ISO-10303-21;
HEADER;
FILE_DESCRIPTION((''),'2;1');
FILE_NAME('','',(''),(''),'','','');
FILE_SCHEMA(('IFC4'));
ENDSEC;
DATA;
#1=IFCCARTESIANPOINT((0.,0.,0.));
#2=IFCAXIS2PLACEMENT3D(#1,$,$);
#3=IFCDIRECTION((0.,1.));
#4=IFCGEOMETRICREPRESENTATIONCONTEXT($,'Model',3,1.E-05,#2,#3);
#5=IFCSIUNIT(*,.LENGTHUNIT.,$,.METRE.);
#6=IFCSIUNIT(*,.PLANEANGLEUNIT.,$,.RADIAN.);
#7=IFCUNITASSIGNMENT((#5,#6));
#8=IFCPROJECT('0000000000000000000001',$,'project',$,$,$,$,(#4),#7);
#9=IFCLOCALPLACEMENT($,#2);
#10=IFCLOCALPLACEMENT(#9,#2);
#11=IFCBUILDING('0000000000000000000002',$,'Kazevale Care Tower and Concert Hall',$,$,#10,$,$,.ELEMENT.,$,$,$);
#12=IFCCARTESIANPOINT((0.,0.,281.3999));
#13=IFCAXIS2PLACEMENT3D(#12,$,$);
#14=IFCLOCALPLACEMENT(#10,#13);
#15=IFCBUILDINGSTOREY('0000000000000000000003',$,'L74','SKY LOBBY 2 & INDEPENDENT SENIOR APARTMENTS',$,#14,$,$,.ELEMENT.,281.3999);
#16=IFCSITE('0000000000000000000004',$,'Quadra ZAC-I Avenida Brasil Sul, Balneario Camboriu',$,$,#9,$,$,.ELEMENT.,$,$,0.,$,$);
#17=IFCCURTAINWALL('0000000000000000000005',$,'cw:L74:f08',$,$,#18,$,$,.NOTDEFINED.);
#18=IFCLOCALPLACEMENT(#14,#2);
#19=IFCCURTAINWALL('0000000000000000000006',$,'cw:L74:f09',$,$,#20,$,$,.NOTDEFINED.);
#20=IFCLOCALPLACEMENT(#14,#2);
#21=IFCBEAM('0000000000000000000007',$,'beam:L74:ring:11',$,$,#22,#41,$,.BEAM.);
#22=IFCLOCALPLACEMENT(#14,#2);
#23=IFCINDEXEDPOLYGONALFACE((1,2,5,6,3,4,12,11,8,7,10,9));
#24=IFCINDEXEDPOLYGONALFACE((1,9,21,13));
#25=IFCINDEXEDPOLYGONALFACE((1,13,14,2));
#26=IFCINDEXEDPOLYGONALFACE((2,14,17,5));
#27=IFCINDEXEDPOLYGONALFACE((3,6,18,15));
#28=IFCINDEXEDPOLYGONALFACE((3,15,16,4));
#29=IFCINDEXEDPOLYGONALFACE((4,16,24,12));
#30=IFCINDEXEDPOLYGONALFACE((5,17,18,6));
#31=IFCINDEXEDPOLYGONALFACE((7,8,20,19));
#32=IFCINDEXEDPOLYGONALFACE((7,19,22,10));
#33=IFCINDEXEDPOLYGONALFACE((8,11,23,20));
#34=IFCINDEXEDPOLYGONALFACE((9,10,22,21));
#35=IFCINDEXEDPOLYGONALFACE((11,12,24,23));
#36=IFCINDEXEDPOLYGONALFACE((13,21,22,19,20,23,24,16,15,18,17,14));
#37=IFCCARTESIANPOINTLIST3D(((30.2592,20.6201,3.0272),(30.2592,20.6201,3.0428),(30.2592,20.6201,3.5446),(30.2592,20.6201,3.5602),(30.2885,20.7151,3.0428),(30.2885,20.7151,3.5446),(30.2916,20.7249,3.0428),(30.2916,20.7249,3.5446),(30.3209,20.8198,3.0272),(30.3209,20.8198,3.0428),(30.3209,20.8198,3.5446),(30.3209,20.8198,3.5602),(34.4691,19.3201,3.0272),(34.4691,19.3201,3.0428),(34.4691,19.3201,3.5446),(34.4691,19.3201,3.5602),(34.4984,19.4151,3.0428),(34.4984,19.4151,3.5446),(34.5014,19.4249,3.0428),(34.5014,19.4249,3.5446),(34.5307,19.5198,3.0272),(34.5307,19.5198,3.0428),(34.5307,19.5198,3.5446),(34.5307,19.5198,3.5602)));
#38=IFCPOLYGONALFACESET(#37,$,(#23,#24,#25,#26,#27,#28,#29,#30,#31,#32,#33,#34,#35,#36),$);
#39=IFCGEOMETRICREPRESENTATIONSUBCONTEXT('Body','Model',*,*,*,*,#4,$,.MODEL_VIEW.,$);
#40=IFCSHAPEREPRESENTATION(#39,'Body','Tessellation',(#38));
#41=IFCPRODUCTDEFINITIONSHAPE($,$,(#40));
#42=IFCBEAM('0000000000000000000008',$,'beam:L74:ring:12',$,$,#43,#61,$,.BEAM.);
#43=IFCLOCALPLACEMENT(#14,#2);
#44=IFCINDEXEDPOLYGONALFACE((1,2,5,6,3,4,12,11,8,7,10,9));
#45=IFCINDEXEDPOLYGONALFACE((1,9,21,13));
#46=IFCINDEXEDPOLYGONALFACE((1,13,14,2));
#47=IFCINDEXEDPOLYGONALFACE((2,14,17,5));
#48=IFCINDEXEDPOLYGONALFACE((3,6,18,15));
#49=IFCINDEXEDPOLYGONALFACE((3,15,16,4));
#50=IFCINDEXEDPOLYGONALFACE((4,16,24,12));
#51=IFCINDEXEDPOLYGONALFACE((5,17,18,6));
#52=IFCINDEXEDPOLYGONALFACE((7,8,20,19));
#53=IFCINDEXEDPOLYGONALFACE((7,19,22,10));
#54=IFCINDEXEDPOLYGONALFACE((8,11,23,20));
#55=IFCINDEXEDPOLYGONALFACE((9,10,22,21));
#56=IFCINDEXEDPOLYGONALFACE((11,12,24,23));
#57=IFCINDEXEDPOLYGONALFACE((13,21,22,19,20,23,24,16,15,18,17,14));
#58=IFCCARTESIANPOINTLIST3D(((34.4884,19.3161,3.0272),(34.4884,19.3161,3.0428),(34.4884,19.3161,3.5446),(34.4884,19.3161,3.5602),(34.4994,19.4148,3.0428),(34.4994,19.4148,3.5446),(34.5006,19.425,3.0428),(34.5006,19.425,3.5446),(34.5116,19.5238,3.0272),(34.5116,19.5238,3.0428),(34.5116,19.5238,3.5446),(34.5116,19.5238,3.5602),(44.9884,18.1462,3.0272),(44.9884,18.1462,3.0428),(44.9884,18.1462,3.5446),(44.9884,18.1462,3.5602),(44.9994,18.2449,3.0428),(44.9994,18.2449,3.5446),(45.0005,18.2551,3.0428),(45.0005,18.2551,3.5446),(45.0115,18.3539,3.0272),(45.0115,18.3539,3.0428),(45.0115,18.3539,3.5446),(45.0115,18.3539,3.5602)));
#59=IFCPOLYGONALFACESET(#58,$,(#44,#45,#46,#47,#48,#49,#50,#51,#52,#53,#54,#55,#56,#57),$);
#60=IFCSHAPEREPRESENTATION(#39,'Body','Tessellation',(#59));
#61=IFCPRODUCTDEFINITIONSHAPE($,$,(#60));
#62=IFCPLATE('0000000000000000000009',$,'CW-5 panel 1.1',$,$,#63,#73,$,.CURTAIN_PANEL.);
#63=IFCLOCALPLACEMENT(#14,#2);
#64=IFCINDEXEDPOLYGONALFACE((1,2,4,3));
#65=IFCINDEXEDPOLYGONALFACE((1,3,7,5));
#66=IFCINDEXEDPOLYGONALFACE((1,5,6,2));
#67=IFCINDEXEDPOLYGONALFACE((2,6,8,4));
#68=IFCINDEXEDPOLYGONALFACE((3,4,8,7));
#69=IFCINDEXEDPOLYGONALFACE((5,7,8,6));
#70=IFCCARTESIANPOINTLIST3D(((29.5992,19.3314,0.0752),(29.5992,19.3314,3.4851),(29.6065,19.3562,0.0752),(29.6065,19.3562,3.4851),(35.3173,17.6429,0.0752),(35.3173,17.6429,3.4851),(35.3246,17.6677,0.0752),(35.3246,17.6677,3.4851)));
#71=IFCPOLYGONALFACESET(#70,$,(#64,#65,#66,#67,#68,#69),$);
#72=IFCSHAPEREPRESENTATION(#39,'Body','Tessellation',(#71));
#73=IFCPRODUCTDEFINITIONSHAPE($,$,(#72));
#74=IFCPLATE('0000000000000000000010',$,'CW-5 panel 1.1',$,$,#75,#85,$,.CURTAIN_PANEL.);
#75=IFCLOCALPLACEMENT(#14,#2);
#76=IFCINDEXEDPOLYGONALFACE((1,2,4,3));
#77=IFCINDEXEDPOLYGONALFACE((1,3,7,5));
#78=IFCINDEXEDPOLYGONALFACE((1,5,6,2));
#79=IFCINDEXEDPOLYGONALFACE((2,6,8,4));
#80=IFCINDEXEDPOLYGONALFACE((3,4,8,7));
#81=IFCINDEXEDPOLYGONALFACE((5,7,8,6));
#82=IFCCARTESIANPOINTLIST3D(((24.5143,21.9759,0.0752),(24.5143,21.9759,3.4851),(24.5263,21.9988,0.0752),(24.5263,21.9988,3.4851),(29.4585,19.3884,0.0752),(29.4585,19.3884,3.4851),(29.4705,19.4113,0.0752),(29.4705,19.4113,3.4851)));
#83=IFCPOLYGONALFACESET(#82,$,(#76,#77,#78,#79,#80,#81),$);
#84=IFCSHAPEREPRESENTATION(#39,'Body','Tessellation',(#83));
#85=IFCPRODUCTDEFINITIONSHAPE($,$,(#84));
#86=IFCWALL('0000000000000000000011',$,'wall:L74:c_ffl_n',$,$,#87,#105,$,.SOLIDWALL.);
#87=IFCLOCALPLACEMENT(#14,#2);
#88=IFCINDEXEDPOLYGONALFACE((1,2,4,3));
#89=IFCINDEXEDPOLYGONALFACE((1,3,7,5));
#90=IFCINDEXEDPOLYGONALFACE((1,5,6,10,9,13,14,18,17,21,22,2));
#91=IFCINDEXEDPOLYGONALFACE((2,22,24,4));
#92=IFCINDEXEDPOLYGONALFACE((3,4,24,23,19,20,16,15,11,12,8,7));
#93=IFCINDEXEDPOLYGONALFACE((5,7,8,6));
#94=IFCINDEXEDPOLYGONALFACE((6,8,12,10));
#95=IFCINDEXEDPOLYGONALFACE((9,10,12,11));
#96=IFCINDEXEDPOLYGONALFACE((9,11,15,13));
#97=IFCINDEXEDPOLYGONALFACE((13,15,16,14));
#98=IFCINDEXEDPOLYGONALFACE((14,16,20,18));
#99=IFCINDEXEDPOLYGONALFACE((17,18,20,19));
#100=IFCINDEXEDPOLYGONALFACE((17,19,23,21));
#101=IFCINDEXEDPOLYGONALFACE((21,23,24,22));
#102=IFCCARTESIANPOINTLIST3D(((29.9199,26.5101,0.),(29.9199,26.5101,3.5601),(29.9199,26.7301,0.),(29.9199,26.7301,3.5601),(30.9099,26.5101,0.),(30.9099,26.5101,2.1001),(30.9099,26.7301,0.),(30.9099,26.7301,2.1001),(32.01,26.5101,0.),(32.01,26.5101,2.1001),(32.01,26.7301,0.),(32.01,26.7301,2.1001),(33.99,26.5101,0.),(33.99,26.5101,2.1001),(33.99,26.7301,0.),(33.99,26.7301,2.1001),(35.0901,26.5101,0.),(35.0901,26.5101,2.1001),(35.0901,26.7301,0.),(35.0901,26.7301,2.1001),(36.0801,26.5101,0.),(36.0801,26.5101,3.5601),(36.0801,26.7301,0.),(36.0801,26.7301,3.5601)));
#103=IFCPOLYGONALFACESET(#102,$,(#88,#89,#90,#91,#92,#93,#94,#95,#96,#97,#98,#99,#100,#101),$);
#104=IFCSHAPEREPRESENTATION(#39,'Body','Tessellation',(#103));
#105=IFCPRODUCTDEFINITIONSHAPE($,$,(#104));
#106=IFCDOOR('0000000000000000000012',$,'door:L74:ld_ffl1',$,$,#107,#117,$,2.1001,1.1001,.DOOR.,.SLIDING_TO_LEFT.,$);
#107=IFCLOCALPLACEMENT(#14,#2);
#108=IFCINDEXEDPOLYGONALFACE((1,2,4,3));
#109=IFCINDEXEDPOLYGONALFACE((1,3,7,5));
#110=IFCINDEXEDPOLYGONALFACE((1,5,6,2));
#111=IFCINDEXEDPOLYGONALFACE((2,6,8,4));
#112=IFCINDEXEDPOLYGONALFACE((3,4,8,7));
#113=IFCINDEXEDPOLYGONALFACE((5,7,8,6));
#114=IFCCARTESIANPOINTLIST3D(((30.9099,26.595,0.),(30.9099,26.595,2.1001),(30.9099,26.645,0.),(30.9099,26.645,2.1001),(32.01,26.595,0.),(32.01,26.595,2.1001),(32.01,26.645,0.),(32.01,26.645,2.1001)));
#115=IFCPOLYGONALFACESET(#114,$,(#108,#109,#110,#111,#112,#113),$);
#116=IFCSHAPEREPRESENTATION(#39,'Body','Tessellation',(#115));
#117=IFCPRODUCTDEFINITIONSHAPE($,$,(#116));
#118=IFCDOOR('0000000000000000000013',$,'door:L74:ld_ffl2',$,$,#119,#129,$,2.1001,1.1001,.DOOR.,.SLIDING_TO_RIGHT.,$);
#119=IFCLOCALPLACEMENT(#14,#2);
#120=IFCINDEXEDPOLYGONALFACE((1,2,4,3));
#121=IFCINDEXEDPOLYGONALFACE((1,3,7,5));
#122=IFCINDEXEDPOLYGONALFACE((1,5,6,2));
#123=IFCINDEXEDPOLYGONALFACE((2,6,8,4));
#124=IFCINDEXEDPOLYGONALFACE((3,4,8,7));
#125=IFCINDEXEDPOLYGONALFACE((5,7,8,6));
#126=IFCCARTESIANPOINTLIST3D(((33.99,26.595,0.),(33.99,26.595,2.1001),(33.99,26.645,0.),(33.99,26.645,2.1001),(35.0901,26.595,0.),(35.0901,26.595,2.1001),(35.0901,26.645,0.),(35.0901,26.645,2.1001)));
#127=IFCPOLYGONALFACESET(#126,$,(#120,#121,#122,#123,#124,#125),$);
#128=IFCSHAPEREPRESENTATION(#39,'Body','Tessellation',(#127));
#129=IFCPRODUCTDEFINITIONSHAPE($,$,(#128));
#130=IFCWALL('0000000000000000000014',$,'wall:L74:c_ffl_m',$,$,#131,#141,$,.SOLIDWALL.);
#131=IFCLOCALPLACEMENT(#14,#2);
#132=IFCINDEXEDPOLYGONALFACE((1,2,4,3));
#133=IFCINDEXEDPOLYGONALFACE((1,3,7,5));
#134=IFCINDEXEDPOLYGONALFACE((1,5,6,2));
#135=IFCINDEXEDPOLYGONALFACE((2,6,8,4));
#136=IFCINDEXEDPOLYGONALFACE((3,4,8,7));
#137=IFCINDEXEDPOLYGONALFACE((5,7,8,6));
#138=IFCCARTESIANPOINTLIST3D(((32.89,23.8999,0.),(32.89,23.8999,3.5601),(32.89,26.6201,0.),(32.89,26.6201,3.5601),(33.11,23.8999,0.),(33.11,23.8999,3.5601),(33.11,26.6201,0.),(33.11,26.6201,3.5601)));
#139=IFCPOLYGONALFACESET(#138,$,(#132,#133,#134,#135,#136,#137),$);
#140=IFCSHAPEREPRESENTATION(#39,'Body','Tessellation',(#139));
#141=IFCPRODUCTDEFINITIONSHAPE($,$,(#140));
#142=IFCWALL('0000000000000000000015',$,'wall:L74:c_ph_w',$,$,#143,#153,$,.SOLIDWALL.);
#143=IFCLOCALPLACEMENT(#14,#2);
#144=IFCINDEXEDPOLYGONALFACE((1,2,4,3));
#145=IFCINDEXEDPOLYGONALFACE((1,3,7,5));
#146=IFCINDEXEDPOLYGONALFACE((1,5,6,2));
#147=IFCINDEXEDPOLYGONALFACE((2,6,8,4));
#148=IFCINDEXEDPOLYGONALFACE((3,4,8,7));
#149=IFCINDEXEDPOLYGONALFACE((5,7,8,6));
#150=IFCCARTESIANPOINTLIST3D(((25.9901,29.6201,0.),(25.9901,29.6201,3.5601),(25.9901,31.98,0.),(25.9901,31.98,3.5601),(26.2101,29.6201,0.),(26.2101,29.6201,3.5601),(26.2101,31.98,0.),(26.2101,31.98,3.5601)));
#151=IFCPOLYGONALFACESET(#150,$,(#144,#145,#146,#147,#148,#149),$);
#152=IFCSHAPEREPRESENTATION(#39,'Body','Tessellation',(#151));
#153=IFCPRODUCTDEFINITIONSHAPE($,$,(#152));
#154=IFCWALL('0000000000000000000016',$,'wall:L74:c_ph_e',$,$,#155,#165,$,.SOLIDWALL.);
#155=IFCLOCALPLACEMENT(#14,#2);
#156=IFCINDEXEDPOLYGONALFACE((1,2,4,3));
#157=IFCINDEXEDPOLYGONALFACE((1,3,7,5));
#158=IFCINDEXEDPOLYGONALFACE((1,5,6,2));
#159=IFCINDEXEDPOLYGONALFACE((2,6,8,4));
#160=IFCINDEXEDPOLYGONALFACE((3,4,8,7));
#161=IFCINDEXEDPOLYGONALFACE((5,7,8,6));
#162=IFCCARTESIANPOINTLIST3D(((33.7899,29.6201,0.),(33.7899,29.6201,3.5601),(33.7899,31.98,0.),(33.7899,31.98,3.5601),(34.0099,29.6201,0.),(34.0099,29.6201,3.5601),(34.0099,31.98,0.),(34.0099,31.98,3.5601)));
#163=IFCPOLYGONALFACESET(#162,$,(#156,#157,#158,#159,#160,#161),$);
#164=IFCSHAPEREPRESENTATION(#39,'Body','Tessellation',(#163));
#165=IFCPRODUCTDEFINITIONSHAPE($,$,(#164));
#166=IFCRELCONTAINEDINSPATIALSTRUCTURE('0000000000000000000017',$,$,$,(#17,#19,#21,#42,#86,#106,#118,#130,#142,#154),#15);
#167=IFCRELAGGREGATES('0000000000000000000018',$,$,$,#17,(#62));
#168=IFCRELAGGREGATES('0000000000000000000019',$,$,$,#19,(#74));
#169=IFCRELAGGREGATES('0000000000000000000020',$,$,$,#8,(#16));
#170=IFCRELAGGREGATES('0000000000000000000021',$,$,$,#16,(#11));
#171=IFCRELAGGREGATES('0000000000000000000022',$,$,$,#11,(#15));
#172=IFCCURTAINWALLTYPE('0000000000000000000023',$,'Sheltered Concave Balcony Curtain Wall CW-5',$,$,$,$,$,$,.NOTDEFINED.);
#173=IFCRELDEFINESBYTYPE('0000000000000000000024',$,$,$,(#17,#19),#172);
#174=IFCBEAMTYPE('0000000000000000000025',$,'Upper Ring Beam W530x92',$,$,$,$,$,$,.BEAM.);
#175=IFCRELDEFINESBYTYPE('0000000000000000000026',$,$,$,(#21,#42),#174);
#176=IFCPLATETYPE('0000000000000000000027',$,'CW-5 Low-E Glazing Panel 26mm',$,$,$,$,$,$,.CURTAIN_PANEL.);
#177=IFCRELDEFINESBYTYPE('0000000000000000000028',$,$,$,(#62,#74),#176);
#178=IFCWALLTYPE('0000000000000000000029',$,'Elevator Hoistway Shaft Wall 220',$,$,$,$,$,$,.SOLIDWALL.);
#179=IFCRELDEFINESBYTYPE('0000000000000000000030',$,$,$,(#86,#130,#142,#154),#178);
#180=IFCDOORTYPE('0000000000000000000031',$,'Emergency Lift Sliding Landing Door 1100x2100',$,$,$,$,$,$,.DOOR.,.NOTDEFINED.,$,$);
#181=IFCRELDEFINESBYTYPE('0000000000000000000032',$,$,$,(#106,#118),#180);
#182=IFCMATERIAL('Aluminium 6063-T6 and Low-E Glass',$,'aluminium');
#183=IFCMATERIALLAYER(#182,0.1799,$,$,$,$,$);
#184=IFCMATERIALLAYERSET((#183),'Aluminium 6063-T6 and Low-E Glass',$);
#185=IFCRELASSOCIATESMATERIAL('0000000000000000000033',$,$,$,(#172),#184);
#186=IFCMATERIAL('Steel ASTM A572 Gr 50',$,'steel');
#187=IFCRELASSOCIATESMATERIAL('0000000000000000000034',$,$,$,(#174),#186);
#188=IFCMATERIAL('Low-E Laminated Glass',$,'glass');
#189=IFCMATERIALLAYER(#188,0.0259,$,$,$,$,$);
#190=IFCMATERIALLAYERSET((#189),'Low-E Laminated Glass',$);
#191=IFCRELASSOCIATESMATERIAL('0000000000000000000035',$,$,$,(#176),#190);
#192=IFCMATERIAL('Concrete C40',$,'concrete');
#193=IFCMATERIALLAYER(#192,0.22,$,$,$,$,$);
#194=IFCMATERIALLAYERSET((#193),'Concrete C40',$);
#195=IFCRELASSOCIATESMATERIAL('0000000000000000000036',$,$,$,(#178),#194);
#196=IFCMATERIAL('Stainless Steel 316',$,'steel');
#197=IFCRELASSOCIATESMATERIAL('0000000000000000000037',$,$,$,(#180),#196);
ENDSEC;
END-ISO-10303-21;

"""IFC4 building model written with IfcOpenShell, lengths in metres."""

from ifc_helpers import new_model, si_unit, direction, frame, frame_2d, origin, origin_2d, place, context, subcontext, project, spatial, rectangle, i_section, extrude, material, layer, layer_set, material_profile, profile_set, type_object, element, fill, aggregate, save


model = new_model("IFC4")

# Units and contexts
model_context = context("Model", 3, precision=1e-05, world=origin(), true_north=direction((0.0, 1.0)))
body_context = subcontext(model_context, "Body", "Model", "MODEL_VIEW")
ifc_project = project(units=[si_unit("LENGTHUNIT", "METRE"), si_unit("PLANEANGLEUNIT", "RADIAN")], contexts=[model_context])

# Site, building, storey
site_placement = place(None, origin())
site = spatial("IfcSite", under=ifc_project, at=site_placement, Name="Quadra ZAC-I Avenida Brasil Sul, Balneario Camboriu", CompositionType="ELEMENT", RefElevation=0.0)
building_placement = place(site_placement, origin())
building = spatial("IfcBuilding", under=site, at=building_placement, Name="Kazevale Care Tower and Concert Hall", CompositionType="ELEMENT")
storey_placement = place(building_placement, frame((0.0, 0.0, 281.3999)))
storey = spatial("IfcBuildingStorey", under=building, at=storey_placement, Name="L74", Description="SKY LOBBY 2 & INDEPENDENT SENIOR APARTMENTS", CompositionType="ELEMENT", Elevation=281.3999)

# Shared definitions
ifc_material_1 = material(Name="Aluminium 6063-T6 and Low-E Glass", Category="aluminium")
ifc_layer_1 = layer(ifc_material_1, 0.1799)
ifc_layer_set_1 = layer_set([ifc_layer_1], Name="Aluminium 6063-T6 and Low-E Glass")
curtain_wall_type = type_object("IfcCurtainWallType", Name="Sheltered Concave Balcony Curtain Wall CW-5", PredefinedType="NOTDEFINED", material=ifc_layer_set_1)

# Curtain wall
curtain_wall_1_placement = place(storey_placement, origin())
curtain_wall_1 = element("IfcCurtainWall", 1, at=curtain_wall_1_placement, inside=storey, type_object=curtain_wall_type, Name="cw:L74:f08", PredefinedType="NOTDEFINED")

# Curtain wall
curtain_wall_2_placement = place(storey_placement, origin())
curtain_wall_2 = element("IfcCurtainWall", 2, at=curtain_wall_2_placement, inside=storey, type_object=curtain_wall_type, Name="cw:L74:f09", PredefinedType="NOTDEFINED")

# Beams
ifc_material_2 = material(Name="Steel ASTM A572 Gr 50", Category="steel")
ifc_material_profile_1 = material_profile(ifc_material_2, i_section(OverallWidth=0.209, OverallDepth=0.533, WebThickness=0.0103, FlangeThickness=0.0156, at=origin_2d()), Name="W530x92")
ifc_profile_set_1 = profile_set([ifc_material_profile_1], Name="Steel ASTM A572 Gr 50")
beam_type_1 = type_object("IfcBeamType", Name="Upper Ring Beam W530x92", PredefinedType="BEAM", material=ifc_profile_set_1)
beam_1_placement = place(storey_placement, frame((30.29, 20.72, 3.2937), z_axis=(0.95548, -0.295055, 0.0), x_axis=(0.295055, 0.95548, 0.0)))
element("IfcBeam", 3, at=beam_1_placement, inside=storey, type_object=beam_type_1, Name="beam:L74:ring:11", PredefinedType="BEAM", context=body_context, shape_type="SweptSolid", body=[
    extrude(i_section(OverallWidth=0.209, OverallDepth=0.533, WebThickness=0.0103, FlangeThickness=0.0156, at=origin_2d()), origin(), (0.0, 0.0, 1.0), 4.406),
])
beam_2_placement = place(storey_placement, frame((34.5, 19.4199, 3.2937), z_axis=(0.99385, -0.110736, 0.0), x_axis=(0.110736, 0.99385, 0.0)))
element("IfcBeam", 4, at=beam_2_placement, inside=storey, type_object=beam_type_1, Name="beam:L74:ring:12", PredefinedType="BEAM", context=body_context, shape_type="SweptSolid", body=[
    extrude(i_section(OverallWidth=0.209, OverallDepth=0.533, WebThickness=0.0103, FlangeThickness=0.0156, at=origin_2d()), origin(), (0.0, 0.0, 1.0), 10.5649),
])

# Plates
ifc_material_3 = material(Name="Low-E Laminated Glass", Category="glass")
ifc_layer_2 = layer(ifc_material_3, 0.0259)
ifc_layer_set_2 = layer_set([ifc_layer_2], Name="Low-E Laminated Glass")
plate_type = type_object("IfcPlateType", Name="CW-5 Low-E Glazing Panel 26mm", PredefinedType="CURTAIN_PANEL", material=ifc_layer_set_2)
plate_1_placement = place(storey_placement, frame((32.4619, 18.4995, 0.0752), z_axis=(0.0, 0.0, 1.0), x_axis=(-0.95906, 0.283203, 0.0)))
plate_1 = element("IfcPlate", 5, at=plate_1_placement, type_object=plate_type, Name="CW-5 panel 1.1", PredefinedType="CURTAIN_PANEL", context=body_context, shape_type="SweptSolid", body=[
    extrude(rectangle(XDim=5.9622, YDim=0.0259, at=origin_2d()), origin(), (0.0, 0.0, 1.0), 3.4099),
])
aggregate(curtain_wall_1, [plate_1])
plate_2_placement = place(storey_placement, frame((26.9924, 20.6936, 0.0752), z_axis=(0.0, 0.0, 1.0), x_axis=(-0.886002, 0.463681, 0.0)))
plate_2 = element("IfcPlate", 6, at=plate_2_placement, type_object=plate_type, Name="CW-5 panel 1.1", PredefinedType="CURTAIN_PANEL", context=body_context, shape_type="SweptSolid", body=[
    extrude(rectangle(XDim=5.5803, YDim=0.0259, at=origin_2d()), origin(), (0.0, 0.0, 1.0), 3.4099),
])
aggregate(curtain_wall_2, [plate_2])

# Wall, openings, doors
ifc_material_4 = material(Name="Concrete C40", Category="concrete")
ifc_layer_3 = layer(ifc_material_4, 0.22)
ifc_layer_set_3 = layer_set([ifc_layer_3], Name="Concrete C40")
wall_type_1 = type_object("IfcWallType", Name="Elevator Hoistway Shaft Wall 220", PredefinedType="SOLIDWALL", material=ifc_layer_set_3)
wall_1_placement = place(storey_placement, frame((29.9199, 26.6201, 0.0), z_axis=(0.0, 0.0, 1.0), x_axis=(1.0, 0.0, 0.0)))
wall_1 = element("IfcWall", 7, at=wall_1_placement, inside=storey, type_object=wall_type_1, Name="wall:L74:c_ffl_n", PredefinedType="SOLIDWALL", context=body_context, shape_type="SweptSolid", body=[
    extrude(rectangle(XDim=6.1602, YDim=0.22, at=frame_2d((3.0801, 0.0))), origin(), (0.0, 0.0, 1.0), 3.5601),
])
opening_1_placement = place(wall_1_placement, frame((0.99, 0.0, 0.0)))
opening_1 = element("IfcOpeningElement", 8, at=opening_1_placement, cuts=wall_1, PredefinedType="OPENING", context=body_context, shape_type="SweptSolid", body=[
    extrude(rectangle(XDim=1.1001, YDim=2.1001, at=frame_2d((0.55, 1.05))), frame((0.0, 0.1199, 0.0), z_axis=(0.0, -1.0, 0.0), x_axis=(1.0, 0.0, 0.0)), (0.0, 0.0, 1.0), 0.24),
])
opening_2_placement = place(wall_1_placement, frame((4.0701, 0.0, 0.0)))
opening_2 = element("IfcOpeningElement", 9, at=opening_2_placement, cuts=wall_1, PredefinedType="OPENING", context=body_context, shape_type="SweptSolid", body=[
    extrude(rectangle(XDim=1.1001, YDim=2.1001, at=frame_2d((0.55, 1.05))), frame((0.0, 0.1199, 0.0), z_axis=(0.0, -1.0, 0.0), x_axis=(1.0, 0.0, 0.0)), (0.0, 0.0, 1.0), 0.24),
])
ifc_material_5 = material(Name="Stainless Steel 316", Category="steel")
door_type_1 = type_object("IfcDoorType", Name="Emergency Lift Sliding Landing Door 1100x2100", OperationType="NOTDEFINED", PredefinedType="DOOR", material=ifc_material_5)
door_1_placement = place(opening_1_placement, origin())
door_1 = element("IfcDoor", 10, at=door_1_placement, inside=storey, type_object=door_type_1, Name="door:L74:ld_ffl1", OperationType="SLIDING_TO_LEFT", OverallHeight=2.1001, OverallWidth=1.1001, PredefinedType="DOOR", context=body_context, shape_type="SweptSolid", body=[
    extrude(rectangle(XDim=1.1001, YDim=2.1001, at=frame_2d((0.55, 1.05))), frame((0.0, 0.0249, 0.0), z_axis=(0.0, -1.0, 0.0), x_axis=(1.0, 0.0, 0.0)), (0.0, 0.0, 1.0), 0.05),
])
fill(opening_1, door_1)
door_2_placement = place(opening_2_placement, origin())
door_2 = element("IfcDoor", 11, at=door_2_placement, inside=storey, type_object=door_type_1, Name="door:L74:ld_ffl2", OperationType="SLIDING_TO_RIGHT", OverallHeight=2.1001, OverallWidth=1.1001, PredefinedType="DOOR", context=body_context, shape_type="SweptSolid", body=[
    extrude(rectangle(XDim=1.1001, YDim=2.1001, at=frame_2d((0.55, 1.05))), frame((0.0, 0.0249, 0.0), z_axis=(0.0, -1.0, 0.0), x_axis=(1.0, 0.0, 0.0)), (0.0, 0.0, 1.0), 0.05),
])
fill(opening_2, door_2)

# Walls
wall_2_placement = place(storey_placement, frame((33.0, 23.8999, 0.0), z_axis=(0.0, 0.0, 1.0), x_axis=(0.0, 1.0, 0.0)))
element("IfcWall", 12, at=wall_2_placement, inside=storey, type_object=wall_type_1, Name="wall:L74:c_ffl_m", PredefinedType="SOLIDWALL", context=body_context, shape_type="SweptSolid", body=[
    extrude(rectangle(XDim=2.7202, YDim=0.22, at=frame_2d((1.3601, 0.0))), origin(), (0.0, 0.0, 1.0), 3.5601),
])
for number, where, z_axis, x_axis, name in (
    (13, (26.1001, 29.6201, 0.0), (0.0, 0.0, 1.0), (0.0, 1.0, 0.0), "wall:L74:c_ph_w"),
    (14, (33.8999, 29.6201, 0.0), (0.0, 0.0, 1.0), (0.0, 1.0, 0.0), "wall:L74:c_ph_e"),
):
    element("IfcWall", number, at=place(storey_placement, frame(where, z_axis=z_axis, x_axis=x_axis)), inside=storey, type_object=wall_type_1, Name=name, PredefinedType="SOLIDWALL", context=body_context, shape_type="SweptSolid", body=[
        extrude(rectangle(XDim=2.3599, YDim=0.22, at=frame_2d((1.1799, 0.0))), origin(), (0.0, 0.0, 1.0), 3.5601),
    ])

save(model, "model.ifc")
